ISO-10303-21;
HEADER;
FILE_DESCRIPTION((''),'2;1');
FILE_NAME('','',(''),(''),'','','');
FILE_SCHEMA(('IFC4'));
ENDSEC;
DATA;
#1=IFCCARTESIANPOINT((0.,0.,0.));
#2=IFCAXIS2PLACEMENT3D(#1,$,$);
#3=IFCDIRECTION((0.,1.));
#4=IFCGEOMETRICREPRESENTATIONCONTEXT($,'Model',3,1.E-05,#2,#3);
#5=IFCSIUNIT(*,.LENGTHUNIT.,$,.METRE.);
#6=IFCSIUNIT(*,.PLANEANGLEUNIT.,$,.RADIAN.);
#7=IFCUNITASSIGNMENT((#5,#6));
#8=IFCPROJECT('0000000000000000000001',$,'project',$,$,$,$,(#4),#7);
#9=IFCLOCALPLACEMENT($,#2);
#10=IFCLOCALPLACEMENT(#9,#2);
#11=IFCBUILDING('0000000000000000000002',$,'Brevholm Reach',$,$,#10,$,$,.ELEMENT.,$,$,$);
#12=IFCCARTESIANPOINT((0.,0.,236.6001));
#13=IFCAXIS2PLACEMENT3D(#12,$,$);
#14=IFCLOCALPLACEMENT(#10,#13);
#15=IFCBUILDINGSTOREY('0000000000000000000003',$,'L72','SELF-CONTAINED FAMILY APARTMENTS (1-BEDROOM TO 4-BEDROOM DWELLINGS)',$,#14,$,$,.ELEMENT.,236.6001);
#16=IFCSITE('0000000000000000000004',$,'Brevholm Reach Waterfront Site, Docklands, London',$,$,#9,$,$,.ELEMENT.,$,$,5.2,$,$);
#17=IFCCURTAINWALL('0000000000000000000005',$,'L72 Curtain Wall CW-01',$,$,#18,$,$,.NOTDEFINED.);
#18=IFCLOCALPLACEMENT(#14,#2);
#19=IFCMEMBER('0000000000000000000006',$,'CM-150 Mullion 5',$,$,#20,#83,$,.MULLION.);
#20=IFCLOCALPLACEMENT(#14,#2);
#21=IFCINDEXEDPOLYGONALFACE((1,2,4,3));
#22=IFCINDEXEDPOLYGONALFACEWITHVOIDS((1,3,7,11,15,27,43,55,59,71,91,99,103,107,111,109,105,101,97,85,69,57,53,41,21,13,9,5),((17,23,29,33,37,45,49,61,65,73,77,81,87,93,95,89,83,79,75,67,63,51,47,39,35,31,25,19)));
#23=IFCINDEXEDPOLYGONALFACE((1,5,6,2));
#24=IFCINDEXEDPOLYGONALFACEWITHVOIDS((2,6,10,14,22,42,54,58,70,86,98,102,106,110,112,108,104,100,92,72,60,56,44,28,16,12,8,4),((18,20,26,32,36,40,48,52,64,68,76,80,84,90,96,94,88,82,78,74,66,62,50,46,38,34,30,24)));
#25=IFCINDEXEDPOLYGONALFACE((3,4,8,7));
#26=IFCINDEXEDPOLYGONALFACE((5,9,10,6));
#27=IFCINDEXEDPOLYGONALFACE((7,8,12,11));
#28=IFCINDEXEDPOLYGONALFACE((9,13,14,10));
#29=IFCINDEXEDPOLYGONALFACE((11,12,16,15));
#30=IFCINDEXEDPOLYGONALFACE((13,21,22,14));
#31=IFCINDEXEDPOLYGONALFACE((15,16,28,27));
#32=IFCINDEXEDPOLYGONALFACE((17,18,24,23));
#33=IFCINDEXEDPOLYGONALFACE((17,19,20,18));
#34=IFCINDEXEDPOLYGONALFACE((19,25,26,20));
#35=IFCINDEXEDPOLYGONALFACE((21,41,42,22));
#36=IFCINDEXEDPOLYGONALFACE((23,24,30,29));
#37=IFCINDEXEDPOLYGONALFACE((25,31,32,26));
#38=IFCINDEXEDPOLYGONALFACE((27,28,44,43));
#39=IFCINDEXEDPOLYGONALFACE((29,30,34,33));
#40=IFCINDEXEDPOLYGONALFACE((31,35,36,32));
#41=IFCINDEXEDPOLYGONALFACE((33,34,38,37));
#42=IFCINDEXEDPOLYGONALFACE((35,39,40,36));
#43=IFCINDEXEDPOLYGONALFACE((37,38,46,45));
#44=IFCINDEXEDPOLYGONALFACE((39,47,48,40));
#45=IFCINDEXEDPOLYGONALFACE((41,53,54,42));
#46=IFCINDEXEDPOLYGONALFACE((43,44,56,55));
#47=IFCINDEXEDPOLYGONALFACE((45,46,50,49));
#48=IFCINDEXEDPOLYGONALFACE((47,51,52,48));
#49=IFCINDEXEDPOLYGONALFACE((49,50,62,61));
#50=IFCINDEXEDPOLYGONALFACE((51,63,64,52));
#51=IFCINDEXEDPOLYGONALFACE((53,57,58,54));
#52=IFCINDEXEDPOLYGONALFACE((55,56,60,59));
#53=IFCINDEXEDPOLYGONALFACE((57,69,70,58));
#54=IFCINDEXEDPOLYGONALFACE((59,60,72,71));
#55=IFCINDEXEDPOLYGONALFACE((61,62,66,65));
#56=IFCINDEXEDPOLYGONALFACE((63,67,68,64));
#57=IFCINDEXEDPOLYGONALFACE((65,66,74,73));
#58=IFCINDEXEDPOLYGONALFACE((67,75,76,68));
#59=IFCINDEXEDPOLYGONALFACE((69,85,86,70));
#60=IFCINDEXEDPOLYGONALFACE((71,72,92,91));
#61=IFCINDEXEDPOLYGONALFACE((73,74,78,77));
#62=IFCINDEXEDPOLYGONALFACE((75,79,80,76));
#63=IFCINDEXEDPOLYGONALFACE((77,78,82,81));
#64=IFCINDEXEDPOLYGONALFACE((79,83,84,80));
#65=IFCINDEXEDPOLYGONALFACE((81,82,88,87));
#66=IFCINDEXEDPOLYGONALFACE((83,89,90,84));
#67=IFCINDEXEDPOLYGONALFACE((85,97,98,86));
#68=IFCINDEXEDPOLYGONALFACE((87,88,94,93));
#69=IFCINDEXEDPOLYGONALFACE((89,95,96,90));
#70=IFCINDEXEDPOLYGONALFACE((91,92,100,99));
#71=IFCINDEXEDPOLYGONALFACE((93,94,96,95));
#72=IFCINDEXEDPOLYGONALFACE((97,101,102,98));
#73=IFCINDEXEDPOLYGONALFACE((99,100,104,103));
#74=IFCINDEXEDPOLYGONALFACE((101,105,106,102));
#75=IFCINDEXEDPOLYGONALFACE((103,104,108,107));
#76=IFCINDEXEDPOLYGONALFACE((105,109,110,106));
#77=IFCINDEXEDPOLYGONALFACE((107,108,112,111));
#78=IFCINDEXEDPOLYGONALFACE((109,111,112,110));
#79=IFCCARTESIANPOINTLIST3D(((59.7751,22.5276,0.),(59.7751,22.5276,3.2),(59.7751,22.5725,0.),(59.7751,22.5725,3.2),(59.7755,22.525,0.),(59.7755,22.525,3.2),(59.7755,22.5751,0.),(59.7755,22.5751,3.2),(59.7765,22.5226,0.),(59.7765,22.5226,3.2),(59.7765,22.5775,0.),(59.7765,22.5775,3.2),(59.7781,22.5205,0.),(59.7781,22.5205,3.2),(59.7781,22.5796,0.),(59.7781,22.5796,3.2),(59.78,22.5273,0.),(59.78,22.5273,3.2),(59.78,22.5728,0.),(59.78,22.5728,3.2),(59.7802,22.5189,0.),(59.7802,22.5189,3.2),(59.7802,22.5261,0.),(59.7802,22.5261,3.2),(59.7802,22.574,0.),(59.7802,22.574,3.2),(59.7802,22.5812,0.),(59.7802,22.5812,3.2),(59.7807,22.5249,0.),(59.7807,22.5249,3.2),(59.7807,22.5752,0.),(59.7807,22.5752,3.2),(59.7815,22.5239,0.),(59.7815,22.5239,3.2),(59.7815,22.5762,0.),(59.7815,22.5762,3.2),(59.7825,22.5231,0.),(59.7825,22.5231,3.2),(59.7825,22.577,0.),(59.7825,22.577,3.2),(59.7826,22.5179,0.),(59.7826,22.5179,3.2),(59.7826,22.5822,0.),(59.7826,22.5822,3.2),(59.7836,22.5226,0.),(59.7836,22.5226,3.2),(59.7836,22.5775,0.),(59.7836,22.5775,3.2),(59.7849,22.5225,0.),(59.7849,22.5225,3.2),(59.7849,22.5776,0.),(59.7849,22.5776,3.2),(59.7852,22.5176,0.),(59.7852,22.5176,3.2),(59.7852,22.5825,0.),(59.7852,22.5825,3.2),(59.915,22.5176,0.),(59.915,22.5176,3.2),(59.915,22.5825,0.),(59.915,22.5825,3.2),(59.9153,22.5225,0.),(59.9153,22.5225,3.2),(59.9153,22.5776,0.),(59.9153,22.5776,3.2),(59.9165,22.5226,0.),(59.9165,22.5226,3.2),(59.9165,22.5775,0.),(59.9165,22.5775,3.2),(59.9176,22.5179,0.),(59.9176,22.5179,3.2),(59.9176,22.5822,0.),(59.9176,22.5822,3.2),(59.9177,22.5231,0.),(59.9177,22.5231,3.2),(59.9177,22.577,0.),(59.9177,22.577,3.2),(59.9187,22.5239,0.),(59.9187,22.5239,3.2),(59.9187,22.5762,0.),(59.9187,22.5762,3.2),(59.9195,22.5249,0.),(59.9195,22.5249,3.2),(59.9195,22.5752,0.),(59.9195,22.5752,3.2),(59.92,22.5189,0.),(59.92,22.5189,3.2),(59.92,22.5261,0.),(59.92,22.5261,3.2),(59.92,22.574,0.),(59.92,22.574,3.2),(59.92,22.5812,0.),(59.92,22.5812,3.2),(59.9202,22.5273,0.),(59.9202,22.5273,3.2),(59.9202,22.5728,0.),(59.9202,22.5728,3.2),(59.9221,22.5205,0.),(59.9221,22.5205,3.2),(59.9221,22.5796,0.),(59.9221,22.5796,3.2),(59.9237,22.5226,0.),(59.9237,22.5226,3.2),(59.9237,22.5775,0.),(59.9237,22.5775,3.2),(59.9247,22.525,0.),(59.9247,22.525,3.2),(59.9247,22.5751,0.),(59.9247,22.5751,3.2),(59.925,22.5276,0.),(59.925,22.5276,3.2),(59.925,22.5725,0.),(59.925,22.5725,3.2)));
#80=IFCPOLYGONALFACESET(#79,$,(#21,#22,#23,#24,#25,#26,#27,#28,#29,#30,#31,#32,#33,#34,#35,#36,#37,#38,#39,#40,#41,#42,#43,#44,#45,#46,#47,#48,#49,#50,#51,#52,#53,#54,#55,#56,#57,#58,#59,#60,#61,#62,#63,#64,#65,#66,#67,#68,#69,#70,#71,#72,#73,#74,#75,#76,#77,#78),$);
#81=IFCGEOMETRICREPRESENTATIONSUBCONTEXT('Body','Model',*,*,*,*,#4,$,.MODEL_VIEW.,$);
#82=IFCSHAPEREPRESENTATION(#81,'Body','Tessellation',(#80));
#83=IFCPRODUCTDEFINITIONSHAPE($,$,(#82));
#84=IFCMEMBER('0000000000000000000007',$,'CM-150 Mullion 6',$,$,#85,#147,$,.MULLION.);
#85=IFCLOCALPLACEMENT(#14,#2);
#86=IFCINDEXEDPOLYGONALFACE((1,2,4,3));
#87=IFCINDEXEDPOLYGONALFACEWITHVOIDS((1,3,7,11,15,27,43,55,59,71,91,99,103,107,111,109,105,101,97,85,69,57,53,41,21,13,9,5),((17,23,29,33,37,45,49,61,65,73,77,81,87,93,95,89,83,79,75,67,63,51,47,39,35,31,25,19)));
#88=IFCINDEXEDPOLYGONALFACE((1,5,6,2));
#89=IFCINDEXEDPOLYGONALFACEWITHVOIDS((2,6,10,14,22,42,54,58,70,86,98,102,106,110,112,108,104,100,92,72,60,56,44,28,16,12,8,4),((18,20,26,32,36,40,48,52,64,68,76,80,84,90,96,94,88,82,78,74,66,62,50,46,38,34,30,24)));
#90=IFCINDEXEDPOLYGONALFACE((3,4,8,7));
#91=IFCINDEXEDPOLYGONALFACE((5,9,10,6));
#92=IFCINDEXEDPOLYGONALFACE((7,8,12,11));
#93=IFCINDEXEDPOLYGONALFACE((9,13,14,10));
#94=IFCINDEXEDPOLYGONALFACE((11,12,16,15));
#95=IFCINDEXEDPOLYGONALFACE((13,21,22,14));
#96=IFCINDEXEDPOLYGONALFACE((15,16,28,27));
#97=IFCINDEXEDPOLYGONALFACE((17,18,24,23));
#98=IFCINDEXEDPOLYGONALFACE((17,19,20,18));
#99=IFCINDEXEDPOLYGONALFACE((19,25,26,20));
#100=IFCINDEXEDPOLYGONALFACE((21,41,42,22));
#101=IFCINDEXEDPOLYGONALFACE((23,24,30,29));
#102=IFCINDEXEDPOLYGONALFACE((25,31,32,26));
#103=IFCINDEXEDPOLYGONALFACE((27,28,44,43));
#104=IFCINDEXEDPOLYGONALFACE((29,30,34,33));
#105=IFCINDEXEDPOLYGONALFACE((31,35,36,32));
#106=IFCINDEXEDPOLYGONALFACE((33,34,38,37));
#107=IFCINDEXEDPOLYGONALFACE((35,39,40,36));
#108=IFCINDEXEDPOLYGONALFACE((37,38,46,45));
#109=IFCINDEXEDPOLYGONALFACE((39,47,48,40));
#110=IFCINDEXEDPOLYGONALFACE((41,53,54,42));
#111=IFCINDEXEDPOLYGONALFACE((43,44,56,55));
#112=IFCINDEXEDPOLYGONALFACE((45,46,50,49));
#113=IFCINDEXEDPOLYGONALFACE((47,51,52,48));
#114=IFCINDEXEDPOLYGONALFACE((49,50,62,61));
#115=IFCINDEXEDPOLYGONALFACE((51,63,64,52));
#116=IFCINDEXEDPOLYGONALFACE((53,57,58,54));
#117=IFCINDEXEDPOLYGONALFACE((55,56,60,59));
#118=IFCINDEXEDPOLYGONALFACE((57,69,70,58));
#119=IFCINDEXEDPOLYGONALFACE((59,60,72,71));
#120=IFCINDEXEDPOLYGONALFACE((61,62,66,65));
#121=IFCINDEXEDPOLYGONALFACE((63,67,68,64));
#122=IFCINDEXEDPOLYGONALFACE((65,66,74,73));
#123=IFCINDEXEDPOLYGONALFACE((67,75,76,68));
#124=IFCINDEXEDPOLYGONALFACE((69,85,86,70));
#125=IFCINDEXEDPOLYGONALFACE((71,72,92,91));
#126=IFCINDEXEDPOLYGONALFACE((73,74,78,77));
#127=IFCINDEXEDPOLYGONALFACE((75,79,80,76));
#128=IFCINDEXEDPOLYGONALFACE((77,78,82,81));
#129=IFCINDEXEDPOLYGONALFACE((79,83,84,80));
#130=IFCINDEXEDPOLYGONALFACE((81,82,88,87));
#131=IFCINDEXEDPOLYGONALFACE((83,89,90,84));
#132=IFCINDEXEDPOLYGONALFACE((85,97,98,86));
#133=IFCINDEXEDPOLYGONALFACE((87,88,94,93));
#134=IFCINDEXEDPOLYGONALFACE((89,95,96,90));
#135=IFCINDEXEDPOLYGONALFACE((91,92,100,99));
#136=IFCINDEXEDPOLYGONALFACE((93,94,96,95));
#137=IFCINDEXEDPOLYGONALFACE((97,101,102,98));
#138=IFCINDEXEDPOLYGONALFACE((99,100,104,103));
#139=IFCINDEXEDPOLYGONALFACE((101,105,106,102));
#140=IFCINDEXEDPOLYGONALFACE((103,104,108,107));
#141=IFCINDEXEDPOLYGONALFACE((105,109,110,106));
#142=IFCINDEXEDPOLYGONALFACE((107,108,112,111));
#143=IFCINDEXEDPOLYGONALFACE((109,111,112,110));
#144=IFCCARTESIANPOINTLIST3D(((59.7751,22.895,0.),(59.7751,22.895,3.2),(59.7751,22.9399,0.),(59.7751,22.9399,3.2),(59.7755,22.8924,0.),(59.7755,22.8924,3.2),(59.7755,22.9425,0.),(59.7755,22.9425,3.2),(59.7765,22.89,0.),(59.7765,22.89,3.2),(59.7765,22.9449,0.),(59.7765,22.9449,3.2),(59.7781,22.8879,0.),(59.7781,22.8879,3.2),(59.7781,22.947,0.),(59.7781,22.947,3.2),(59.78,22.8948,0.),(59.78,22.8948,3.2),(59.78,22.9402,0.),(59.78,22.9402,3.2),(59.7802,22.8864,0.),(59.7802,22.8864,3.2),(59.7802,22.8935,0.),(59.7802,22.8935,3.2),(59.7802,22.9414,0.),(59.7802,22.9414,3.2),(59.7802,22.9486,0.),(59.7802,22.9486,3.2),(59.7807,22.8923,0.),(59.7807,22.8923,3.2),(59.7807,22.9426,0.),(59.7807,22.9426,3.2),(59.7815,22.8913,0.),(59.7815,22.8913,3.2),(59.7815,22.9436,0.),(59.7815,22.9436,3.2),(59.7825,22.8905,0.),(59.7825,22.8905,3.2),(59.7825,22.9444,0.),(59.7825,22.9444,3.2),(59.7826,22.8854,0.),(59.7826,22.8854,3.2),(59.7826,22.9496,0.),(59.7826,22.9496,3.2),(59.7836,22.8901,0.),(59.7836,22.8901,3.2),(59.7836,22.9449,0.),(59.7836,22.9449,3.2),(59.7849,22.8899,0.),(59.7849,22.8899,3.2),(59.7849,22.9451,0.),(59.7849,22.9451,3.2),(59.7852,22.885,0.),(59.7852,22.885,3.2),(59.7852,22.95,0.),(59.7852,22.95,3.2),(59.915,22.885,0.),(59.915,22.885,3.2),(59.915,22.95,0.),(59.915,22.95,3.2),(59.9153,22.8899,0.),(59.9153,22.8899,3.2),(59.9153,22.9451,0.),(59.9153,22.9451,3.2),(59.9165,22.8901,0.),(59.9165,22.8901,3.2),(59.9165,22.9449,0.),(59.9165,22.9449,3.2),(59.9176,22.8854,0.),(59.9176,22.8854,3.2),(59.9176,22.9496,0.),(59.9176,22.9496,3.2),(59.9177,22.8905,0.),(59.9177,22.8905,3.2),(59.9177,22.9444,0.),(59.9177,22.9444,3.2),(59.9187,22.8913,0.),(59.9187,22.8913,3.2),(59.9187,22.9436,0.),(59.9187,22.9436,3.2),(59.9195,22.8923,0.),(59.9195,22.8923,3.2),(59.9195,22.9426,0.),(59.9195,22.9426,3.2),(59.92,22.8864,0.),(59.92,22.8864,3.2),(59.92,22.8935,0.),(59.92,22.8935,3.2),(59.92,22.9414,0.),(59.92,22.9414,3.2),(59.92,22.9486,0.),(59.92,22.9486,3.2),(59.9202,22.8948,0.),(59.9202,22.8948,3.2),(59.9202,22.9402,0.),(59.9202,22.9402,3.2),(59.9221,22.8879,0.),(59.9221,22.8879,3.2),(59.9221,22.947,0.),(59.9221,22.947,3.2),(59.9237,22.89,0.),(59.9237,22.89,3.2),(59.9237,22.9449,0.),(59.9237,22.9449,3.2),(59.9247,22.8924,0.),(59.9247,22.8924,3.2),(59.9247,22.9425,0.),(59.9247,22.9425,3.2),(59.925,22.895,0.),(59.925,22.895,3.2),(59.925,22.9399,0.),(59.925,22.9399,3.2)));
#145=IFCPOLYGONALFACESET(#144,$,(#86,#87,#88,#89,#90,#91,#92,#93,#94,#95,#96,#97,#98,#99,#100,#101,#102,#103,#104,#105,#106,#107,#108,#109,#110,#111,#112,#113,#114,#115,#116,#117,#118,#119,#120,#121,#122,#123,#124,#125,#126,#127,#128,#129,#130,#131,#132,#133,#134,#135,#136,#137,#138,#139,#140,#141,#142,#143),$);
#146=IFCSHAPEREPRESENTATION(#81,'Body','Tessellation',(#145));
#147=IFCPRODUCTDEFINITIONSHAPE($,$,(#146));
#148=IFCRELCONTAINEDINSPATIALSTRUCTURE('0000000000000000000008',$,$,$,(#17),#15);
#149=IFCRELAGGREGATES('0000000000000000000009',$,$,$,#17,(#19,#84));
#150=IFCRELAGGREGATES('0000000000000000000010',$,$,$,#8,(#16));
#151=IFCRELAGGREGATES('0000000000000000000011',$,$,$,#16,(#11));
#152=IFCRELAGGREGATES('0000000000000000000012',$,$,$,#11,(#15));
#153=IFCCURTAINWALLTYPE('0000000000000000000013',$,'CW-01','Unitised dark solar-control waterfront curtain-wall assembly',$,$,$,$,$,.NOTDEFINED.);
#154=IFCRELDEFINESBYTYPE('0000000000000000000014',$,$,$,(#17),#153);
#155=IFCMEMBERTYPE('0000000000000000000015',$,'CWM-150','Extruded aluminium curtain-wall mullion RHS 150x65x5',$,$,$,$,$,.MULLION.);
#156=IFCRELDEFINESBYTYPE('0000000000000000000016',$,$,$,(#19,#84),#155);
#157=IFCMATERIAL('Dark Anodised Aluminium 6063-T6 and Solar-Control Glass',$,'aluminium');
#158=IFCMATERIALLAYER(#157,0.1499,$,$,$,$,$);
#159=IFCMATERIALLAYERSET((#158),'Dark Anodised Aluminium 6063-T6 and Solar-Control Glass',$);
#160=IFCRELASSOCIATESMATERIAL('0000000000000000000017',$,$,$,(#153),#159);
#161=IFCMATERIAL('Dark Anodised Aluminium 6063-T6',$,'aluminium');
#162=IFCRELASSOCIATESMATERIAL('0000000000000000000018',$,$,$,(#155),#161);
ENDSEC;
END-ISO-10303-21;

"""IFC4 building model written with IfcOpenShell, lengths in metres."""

from ifc_helpers import new_model, si_unit, direction, frame, origin, origin_2d, place, context, subcontext, project, spatial, hollow_rectangle, extrude, material, layer, layer_set, material_profile, profile_set, type_object, element, aggregate, save


model = new_model("IFC4")

# Units and contexts
model_context = context("Model", 3, precision=1e-05, world=origin(), true_north=direction((0.0, 1.0)))
body_context = subcontext(model_context, "Body", "Model", "MODEL_VIEW")
ifc_project = project(units=[si_unit("LENGTHUNIT", "METRE"), si_unit("PLANEANGLEUNIT", "RADIAN")], contexts=[model_context])

# Site, building, storey
site_placement = place(None, origin())
site = spatial("IfcSite", under=ifc_project, at=site_placement, Name="Brevholm Reach Waterfront Site, Docklands, London", CompositionType="ELEMENT", RefElevation=5.2)
building_placement = place(site_placement, origin())
building = spatial("IfcBuilding", under=site, at=building_placement, Name="Brevholm Reach", CompositionType="ELEMENT")
storey_placement = place(building_placement, frame((0.0, 0.0, 236.6001)))
storey = spatial("IfcBuildingStorey", under=building, at=storey_placement, Name="L72", Description="SELF-CONTAINED FAMILY APARTMENTS (1-BEDROOM TO 4-BEDROOM DWELLINGS)", CompositionType="ELEMENT", Elevation=236.6001)

# Curtain wall, members
ifc_material_1 = material(Name="Dark Anodised Aluminium 6063-T6 and Solar-Control Glass", Category="aluminium")
ifc_layer_1 = layer(ifc_material_1, 0.1499)
ifc_layer_set_1 = layer_set([ifc_layer_1], Name="Dark Anodised Aluminium 6063-T6 and Solar-Control Glass")
curtain_wall_type = type_object("IfcCurtainWallType", Name="CW-01", Description="Unitised dark solar-control waterfront curtain-wall assembly", PredefinedType="NOTDEFINED", material=ifc_layer_set_1)
curtain_wall_placement = place(storey_placement, origin())
curtain_wall = element("IfcCurtainWall", 1, at=curtain_wall_placement, inside=storey, type_object=curtain_wall_type, Name="L72 Curtain Wall CW-01", PredefinedType="NOTDEFINED")
ifc_material_2 = material(Name="Dark Anodised Aluminium 6063-T6", Category="aluminium")
ifc_material_profile_1 = material_profile(ifc_material_2, hollow_rectangle(XDim=0.0649, YDim=0.1499, WallThickness=0.0049, InnerFilletRadius=0.0049, OuterFilletRadius=0.01, at=origin_2d()), Name="RHS 150x65x5")
ifc_profile_set_1 = profile_set([ifc_material_profile_1], Name="Dark Anodised Aluminium 6063-T6")
member_type_1 = type_object("IfcMemberType", Name="CWM-150", Description="Extruded aluminium curtain-wall mullion RHS 150x65x5", PredefinedType="MULLION", material=ifc_profile_set_1)
member_1_placement = place(storey_placement, frame((59.8501, 22.55, 0.0), z_axis=(0.0, 0.0, 1.0), x_axis=(0.0, 1.0, 0.0)))
member_1 = element("IfcMember", 2, at=member_1_placement, type_object=member_type_1, Name="CM-150 Mullion 5", PredefinedType="MULLION", context=body_context, shape_type="SweptSolid", body=[
    extrude(hollow_rectangle(XDim=0.0649, YDim=0.1499, WallThickness=0.0049, InnerFilletRadius=0.0049, OuterFilletRadius=0.01, at=origin_2d()), origin(), (0.0, 0.0, 1.0), 3.2),
])
member_2_placement = place(storey_placement, frame((59.8501, 22.9175, 0.0), z_axis=(0.0, 0.0, 1.0), x_axis=(0.0, 1.0, 0.0)))
member_2 = element("IfcMember", 3, at=member_2_placement, type_object=member_type_1, Name="CM-150 Mullion 6", PredefinedType="MULLION", context=body_context, shape_type="SweptSolid", body=[
    extrude(hollow_rectangle(XDim=0.0649, YDim=0.1499, WallThickness=0.0049, InnerFilletRadius=0.0049, OuterFilletRadius=0.01, at=origin_2d()), origin(), (0.0, 0.0, 1.0), 3.2),
])
aggregate(curtain_wall, [member_1, member_2])

save(model, "model.ifc")
